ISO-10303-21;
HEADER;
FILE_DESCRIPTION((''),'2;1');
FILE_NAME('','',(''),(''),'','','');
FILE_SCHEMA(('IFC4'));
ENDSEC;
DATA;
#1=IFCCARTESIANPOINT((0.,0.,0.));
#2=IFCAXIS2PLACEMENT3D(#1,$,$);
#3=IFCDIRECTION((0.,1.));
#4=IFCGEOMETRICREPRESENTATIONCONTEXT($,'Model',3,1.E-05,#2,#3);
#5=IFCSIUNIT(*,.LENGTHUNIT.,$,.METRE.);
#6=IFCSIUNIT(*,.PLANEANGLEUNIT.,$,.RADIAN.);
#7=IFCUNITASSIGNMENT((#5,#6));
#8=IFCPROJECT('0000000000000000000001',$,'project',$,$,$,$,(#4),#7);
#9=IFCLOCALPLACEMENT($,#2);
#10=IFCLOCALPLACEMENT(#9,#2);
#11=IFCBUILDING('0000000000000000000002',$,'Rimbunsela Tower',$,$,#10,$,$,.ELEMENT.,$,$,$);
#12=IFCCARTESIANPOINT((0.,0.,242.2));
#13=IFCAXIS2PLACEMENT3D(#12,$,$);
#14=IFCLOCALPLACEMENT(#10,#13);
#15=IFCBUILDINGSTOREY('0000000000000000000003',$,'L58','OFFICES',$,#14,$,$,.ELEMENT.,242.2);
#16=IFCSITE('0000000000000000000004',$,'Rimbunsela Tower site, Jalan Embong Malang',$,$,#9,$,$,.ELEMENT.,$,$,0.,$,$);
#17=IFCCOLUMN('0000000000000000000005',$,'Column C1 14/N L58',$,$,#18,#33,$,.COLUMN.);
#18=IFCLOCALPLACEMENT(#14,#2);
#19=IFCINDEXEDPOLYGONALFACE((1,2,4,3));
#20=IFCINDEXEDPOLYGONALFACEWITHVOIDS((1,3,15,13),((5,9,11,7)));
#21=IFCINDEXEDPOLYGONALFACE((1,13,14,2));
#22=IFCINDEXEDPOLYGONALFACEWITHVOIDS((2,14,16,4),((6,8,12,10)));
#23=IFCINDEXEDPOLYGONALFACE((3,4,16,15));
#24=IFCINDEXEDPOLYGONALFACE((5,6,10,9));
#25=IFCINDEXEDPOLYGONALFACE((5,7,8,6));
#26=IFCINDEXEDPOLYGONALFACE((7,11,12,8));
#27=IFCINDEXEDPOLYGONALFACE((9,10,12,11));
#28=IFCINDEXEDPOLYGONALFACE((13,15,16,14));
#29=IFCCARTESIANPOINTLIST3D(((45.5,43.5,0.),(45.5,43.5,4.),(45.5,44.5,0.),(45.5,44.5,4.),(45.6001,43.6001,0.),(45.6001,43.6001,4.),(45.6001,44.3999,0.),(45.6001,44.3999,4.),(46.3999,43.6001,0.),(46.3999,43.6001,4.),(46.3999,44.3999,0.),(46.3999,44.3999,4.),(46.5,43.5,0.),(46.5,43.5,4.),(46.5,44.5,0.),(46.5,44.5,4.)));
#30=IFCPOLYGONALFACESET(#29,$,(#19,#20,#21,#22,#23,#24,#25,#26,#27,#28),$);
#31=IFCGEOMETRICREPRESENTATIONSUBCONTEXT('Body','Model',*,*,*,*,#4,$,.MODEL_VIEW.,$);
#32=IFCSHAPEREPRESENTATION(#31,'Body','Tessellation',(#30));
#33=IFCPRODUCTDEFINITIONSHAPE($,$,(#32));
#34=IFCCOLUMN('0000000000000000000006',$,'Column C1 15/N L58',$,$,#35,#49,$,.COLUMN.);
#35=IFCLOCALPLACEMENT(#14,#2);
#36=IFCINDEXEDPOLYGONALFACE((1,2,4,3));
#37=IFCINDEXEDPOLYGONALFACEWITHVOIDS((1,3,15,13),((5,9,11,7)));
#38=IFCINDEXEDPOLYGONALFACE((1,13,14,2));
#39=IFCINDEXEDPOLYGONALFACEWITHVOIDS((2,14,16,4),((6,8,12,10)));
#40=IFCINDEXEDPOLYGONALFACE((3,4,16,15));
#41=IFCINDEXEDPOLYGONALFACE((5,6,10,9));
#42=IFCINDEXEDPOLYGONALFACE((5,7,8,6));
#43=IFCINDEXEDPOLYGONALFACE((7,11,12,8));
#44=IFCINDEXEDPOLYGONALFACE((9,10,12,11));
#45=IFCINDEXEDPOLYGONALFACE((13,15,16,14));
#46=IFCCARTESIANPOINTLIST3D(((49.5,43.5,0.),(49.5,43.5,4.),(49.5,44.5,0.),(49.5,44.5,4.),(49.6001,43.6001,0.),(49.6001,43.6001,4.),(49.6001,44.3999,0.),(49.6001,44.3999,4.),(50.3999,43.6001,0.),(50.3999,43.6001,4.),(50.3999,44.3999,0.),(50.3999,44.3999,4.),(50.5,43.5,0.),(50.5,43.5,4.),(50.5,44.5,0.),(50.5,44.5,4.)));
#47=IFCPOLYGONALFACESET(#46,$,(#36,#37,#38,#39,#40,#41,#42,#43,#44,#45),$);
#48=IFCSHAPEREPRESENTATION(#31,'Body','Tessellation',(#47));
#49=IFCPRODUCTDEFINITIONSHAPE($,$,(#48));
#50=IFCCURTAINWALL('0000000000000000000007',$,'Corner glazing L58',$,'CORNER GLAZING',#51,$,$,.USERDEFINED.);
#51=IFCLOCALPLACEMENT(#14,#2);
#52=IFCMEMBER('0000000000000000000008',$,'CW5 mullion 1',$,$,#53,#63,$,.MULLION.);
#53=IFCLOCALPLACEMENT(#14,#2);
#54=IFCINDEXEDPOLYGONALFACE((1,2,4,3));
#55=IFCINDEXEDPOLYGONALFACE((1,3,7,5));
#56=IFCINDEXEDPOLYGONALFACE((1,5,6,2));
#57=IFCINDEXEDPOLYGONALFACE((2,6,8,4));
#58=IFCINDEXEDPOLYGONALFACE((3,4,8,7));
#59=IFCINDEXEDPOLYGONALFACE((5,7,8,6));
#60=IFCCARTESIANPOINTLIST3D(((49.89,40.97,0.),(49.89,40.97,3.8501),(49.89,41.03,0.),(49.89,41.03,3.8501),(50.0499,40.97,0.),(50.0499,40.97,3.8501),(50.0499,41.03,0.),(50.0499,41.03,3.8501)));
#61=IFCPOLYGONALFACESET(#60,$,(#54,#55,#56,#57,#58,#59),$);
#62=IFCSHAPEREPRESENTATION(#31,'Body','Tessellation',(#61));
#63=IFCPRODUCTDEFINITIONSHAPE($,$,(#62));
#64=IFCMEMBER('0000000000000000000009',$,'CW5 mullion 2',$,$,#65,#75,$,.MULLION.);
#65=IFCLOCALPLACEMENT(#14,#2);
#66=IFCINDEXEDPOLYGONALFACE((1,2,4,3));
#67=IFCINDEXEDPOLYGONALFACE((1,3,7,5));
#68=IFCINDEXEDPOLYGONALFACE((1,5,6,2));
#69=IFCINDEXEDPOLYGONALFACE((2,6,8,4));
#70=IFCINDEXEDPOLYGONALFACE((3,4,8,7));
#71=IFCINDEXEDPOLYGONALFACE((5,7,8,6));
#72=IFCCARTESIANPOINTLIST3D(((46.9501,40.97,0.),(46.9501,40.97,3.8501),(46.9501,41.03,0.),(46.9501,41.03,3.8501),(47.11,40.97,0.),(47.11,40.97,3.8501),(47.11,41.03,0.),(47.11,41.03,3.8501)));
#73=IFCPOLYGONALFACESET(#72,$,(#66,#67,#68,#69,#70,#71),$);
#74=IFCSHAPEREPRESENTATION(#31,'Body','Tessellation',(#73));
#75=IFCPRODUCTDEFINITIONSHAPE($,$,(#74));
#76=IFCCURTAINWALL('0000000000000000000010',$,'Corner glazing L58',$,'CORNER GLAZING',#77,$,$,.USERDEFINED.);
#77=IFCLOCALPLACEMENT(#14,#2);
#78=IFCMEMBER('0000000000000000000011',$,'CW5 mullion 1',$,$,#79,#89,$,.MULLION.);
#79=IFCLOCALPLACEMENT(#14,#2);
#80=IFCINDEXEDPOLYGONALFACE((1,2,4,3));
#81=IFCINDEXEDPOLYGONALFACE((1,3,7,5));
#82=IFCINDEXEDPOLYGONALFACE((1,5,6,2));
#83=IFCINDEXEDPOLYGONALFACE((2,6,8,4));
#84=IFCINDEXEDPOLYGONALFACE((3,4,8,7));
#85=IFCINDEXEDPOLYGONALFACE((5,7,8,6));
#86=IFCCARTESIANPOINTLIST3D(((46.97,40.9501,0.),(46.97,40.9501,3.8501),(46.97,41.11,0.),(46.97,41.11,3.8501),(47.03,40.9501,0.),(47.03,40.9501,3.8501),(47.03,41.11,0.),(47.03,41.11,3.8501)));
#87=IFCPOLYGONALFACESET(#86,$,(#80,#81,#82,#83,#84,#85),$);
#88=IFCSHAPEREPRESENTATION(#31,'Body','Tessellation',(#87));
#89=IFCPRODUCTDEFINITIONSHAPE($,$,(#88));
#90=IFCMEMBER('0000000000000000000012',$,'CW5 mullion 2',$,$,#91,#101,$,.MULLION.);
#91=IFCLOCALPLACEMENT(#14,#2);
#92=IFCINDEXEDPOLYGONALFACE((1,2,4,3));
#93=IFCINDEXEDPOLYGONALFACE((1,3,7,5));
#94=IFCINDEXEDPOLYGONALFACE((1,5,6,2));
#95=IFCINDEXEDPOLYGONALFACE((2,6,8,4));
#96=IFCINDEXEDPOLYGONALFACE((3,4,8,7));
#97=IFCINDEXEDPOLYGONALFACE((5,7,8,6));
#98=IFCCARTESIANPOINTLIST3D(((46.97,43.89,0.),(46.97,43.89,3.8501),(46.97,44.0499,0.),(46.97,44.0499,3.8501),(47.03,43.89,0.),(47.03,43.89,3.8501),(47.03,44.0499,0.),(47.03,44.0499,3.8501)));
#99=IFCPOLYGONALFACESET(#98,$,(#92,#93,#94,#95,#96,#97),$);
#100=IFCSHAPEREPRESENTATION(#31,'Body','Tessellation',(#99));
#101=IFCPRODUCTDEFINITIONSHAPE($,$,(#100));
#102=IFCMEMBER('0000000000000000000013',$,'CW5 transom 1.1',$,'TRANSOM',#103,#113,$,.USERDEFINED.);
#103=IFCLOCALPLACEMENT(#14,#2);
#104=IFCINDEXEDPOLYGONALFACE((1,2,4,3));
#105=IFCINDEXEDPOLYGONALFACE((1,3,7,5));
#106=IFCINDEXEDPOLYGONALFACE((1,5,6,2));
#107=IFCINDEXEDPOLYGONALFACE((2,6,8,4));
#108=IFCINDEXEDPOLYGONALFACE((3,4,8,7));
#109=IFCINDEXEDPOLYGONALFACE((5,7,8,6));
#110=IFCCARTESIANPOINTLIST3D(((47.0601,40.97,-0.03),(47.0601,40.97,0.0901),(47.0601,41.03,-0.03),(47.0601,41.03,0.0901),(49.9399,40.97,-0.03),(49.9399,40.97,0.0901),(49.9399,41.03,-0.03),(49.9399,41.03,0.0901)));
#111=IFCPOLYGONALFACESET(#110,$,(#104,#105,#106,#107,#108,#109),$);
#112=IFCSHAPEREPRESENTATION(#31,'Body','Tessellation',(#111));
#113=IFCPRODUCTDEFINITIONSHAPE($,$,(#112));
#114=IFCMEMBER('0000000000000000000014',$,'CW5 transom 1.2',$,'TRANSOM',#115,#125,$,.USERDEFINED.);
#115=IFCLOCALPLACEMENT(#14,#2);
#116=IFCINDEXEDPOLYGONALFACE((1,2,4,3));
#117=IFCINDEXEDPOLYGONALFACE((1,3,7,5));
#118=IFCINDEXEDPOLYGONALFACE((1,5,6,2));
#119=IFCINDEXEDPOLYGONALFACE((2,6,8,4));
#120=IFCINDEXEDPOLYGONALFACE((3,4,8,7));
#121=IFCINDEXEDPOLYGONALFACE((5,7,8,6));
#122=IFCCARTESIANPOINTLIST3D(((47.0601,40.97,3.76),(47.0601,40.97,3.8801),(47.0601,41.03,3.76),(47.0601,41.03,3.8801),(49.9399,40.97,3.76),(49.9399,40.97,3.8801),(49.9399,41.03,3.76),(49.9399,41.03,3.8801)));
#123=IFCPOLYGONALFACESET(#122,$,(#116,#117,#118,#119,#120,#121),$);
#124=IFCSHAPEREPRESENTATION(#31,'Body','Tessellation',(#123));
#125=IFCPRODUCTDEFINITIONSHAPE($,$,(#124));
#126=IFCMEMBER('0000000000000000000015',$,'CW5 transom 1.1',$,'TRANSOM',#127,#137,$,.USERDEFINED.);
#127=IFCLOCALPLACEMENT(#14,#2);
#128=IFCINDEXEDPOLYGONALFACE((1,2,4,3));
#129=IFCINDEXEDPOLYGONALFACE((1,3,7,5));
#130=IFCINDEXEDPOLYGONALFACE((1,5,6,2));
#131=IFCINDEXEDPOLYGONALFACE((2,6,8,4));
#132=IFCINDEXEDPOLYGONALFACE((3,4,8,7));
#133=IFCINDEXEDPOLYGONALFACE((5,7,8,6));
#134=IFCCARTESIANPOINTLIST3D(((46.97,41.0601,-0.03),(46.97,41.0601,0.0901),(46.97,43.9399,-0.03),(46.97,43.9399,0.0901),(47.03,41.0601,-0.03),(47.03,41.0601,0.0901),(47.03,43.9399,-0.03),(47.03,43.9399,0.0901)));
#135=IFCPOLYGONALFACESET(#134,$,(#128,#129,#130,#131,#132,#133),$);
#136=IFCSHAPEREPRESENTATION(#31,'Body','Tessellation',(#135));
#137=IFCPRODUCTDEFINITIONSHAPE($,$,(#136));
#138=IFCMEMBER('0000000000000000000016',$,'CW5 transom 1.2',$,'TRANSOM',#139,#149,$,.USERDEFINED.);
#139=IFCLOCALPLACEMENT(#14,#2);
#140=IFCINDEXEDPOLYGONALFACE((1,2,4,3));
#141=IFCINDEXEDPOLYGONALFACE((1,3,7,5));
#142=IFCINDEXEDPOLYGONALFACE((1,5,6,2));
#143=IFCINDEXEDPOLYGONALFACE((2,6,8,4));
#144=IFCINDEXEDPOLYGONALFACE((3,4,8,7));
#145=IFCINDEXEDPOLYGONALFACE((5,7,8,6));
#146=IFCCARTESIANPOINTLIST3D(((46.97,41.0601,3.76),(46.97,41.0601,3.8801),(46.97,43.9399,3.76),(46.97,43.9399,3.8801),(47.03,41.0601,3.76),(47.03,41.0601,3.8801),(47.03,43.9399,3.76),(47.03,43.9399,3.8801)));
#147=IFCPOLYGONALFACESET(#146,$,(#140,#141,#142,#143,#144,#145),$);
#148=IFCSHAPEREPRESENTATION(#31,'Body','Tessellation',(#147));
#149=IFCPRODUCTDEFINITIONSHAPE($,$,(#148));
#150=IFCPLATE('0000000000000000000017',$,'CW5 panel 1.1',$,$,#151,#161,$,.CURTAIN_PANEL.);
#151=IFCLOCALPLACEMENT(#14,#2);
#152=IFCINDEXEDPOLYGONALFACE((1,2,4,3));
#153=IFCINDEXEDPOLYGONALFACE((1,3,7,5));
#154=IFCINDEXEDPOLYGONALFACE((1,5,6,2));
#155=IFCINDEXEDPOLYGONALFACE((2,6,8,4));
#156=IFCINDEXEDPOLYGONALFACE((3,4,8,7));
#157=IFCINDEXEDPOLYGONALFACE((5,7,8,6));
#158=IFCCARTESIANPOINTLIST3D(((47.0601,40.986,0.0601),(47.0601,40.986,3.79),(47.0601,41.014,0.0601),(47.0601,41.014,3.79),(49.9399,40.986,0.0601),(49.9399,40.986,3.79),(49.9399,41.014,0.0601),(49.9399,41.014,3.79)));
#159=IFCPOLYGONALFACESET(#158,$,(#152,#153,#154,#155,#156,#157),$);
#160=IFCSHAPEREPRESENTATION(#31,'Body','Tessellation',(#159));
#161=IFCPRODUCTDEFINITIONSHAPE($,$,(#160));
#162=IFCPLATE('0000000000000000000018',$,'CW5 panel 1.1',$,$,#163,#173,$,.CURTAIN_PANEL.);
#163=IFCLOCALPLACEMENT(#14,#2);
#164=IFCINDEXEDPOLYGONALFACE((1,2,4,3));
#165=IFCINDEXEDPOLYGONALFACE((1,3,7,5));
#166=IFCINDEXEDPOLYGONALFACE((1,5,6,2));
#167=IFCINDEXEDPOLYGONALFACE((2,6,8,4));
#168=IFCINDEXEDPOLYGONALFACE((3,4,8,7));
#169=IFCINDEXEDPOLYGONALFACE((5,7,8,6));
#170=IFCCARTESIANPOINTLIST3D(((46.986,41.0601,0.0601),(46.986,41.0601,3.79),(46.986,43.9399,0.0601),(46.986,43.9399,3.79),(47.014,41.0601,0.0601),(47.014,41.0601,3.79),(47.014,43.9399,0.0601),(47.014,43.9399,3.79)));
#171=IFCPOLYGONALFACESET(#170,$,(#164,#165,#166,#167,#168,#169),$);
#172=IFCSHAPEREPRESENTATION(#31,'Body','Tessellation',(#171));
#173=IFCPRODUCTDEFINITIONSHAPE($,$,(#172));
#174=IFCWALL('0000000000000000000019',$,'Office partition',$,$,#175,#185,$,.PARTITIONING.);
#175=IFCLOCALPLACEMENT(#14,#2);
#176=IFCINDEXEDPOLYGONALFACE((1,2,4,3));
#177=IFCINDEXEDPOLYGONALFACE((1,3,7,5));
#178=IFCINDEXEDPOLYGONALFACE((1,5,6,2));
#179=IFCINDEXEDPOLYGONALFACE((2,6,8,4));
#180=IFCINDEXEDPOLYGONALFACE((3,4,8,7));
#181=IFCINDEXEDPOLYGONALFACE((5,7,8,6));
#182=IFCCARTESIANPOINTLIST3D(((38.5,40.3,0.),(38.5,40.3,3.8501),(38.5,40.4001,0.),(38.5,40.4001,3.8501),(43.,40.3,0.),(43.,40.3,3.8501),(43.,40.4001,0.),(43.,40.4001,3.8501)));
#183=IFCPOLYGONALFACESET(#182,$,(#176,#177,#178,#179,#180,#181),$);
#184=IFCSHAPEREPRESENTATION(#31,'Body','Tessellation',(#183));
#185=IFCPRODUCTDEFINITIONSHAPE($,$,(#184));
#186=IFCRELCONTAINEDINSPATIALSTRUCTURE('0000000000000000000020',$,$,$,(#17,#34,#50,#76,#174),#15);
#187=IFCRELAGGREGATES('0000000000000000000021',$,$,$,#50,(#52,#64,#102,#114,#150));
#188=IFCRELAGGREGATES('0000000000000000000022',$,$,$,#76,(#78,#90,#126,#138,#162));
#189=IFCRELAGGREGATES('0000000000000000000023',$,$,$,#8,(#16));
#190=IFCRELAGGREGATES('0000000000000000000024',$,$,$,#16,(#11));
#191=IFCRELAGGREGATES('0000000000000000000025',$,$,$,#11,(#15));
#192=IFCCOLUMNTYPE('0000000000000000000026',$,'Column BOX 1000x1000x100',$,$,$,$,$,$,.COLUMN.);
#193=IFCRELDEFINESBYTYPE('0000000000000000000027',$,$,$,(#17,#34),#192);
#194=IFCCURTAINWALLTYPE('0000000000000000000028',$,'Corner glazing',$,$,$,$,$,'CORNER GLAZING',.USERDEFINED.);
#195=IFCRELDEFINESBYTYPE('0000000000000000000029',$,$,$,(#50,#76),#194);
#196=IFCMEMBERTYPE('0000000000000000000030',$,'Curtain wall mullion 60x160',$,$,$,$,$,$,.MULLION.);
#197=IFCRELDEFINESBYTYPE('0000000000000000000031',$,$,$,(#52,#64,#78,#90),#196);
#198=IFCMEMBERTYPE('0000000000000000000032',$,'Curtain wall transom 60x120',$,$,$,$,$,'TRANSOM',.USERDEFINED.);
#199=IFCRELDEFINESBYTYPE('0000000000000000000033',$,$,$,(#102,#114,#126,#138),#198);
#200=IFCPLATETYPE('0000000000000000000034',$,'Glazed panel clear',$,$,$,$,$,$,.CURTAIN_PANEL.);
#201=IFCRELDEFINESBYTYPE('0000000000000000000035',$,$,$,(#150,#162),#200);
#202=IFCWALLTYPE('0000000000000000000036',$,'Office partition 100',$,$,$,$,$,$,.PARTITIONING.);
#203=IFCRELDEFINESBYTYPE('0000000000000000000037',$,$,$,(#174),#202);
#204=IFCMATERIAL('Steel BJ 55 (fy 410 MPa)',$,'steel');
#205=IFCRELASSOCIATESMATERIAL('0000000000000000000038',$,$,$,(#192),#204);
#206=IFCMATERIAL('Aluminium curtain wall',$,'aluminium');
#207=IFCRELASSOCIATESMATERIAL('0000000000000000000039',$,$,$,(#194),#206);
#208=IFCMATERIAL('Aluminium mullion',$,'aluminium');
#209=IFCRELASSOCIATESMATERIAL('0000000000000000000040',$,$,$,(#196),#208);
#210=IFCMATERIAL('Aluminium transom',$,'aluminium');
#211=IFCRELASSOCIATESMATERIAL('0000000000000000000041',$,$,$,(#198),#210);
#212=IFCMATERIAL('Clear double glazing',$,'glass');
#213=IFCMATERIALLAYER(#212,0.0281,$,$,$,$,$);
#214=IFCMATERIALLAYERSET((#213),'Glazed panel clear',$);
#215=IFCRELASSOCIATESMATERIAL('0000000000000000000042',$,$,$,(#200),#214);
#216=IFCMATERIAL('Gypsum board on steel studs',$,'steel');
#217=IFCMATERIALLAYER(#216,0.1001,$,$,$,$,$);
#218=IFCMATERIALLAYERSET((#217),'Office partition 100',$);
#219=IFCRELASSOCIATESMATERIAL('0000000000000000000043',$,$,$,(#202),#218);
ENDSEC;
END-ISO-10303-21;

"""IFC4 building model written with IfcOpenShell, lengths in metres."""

from ifc_helpers import new_model, si_unit, direction, frame, frame_2d, origin, origin_2d, place, context, subcontext, project, spatial, rectangle, hollow_rectangle, extrude, material, layer, layer_set, material_profile, profile_set, type_object, element, aggregate, save


model = new_model("IFC4")

# Units and contexts
model_context = context("Model", 3, precision=1e-05, world=origin(), true_north=direction((0.0, 1.0)))
body_context = subcontext(model_context, "Body", "Model", "MODEL_VIEW")
ifc_project = project(units=[si_unit("LENGTHUNIT", "METRE"), si_unit("PLANEANGLEUNIT", "RADIAN")], contexts=[model_context])

# Site, building, storey
site_placement = place(None, origin())
site = spatial("IfcSite", under=ifc_project, at=site_placement, Name="Rimbunsela Tower site, Jalan Embong Malang", CompositionType="ELEMENT", RefElevation=0.0)
building_placement = place(site_placement, origin())
building = spatial("IfcBuilding", under=site, at=building_placement, Name="Rimbunsela Tower", CompositionType="ELEMENT")
storey_placement = place(building_placement, frame((0.0, 0.0, 242.2)))
storey = spatial("IfcBuildingStorey", under=building, at=storey_placement, Name="L58", Description="OFFICES", CompositionType="ELEMENT", Elevation=242.2)

# Columns
ifc_material_1 = material(Name="Steel BJ 55 (fy 410 MPa)", Category="steel")
ifc_material_profile_1 = material_profile(ifc_material_1, hollow_rectangle(XDim=1.0, YDim=1.0, WallThickness=0.1001, at=origin_2d()), Name="BOX 1000x1000x100")
ifc_profile_set_1 = profile_set([ifc_material_profile_1], Name="Steel BJ 55 (fy 410 MPa)")
column_type = type_object("IfcColumnType", Name="Column BOX 1000x1000x100", PredefinedType="COLUMN", material=ifc_profile_set_1)
for number, where, z_axis, x_axis, name in (
    (1, (46.0, 44.0, 0.0), (0.0, 0.0, 1.0), (1.0, 0.0, 0.0), "Column C1 14/N L58"),
    (2, (50.0, 44.0, 0.0), (0.0, 0.0, 1.0), (1.0, 0.0, 0.0), "Column C1 15/N L58"),
):
    element("IfcColumn", number, at=place(storey_placement, frame(where, z_axis=z_axis, x_axis=x_axis)), inside=storey, type_object=column_type, Name=name, PredefinedType="COLUMN", context=body_context, shape_type="SweptSolid", body=[
        extrude(hollow_rectangle(XDim=1.0, YDim=1.0, WallThickness=0.1001, at=origin_2d()), origin(), (0.0, 0.0, 1.0), 4.0),
    ])

# Curtain walls, members
ifc_material_2 = material(Name="Aluminium curtain wall", Category="aluminium")
curtain_wall_type = type_object("IfcCurtainWallType", Name="Corner glazing", ElementType="CORNER GLAZING", PredefinedType="USERDEFINED", material=ifc_material_2)
curtain_wall_1_placement = place(storey_placement, origin())
curtain_wall_1 = element("IfcCurtainWall", 3, at=curtain_wall_1_placement, inside=storey, type_object=curtain_wall_type, Name="Corner glazing L58", ObjectType="CORNER GLAZING", PredefinedType="USERDEFINED")
ifc_material_3 = material(Name="Aluminium mullion", Category="aluminium")
ifc_material_profile_2 = material_profile(ifc_material_3, rectangle(XDim=0.0601, YDim=0.1599, at=origin_2d()), Name="Mullion 60x160")
ifc_profile_set_2 = profile_set([ifc_material_profile_2], Name="Aluminium mullion")
member_type_1 = type_object("IfcMemberType", Name="Curtain wall mullion 60x160", PredefinedType="MULLION", material=ifc_profile_set_2)
member_1_placement = place(storey_placement, frame((49.97, 41.0, 0.0), z_axis=(0.0, 0.0, 1.0), x_axis=(0.0, -1.0, 0.0)))
member_1 = element("IfcMember", 4, at=member_1_placement, type_object=member_type_1, Name="CW5 mullion 1", PredefinedType="MULLION", context=body_context, shape_type="SweptSolid", body=[
    extrude(rectangle(XDim=0.0601, YDim=0.1599, at=origin_2d()), origin(), (0.0, 0.0, 1.0), 3.8501),
])
member_2_placement = place(storey_placement, frame((47.03, 41.0, 0.0), z_axis=(0.0, 0.0, 1.0), x_axis=(0.0, -1.0, 0.0)))
member_2 = element("IfcMember", 5, at=member_2_placement, type_object=member_type_1, Name="CW5 mullion 2", PredefinedType="MULLION", context=body_context, shape_type="SweptSolid", body=[
    extrude(rectangle(XDim=0.0601, YDim=0.1599, at=origin_2d()), origin(), (0.0, 0.0, 1.0), 3.8501),
])
curtain_wall_2_placement = place(storey_placement, origin())
curtain_wall_2 = element("IfcCurtainWall", 6, at=curtain_wall_2_placement, inside=storey, type_object=curtain_wall_type, Name="Corner glazing L58", ObjectType="CORNER GLAZING", PredefinedType="USERDEFINED")
member_3_placement = place(storey_placement, frame((47.0, 41.03, 0.0), z_axis=(0.0, 0.0, 1.0), x_axis=(-1.0, 0.0, 0.0)))
member_3 = element("IfcMember", 7, at=member_3_placement, type_object=member_type_1, Name="CW5 mullion 1", PredefinedType="MULLION", context=body_context, shape_type="SweptSolid", body=[
    extrude(rectangle(XDim=0.0601, YDim=0.1599, at=origin_2d()), origin(), (0.0, 0.0, 1.0), 3.8501),
])
member_4_placement = place(storey_placement, frame((47.0, 43.97, 0.0), z_axis=(0.0, 0.0, 1.0), x_axis=(-1.0, 0.0, 0.0)))
member_4 = element("IfcMember", 8, at=member_4_placement, type_object=member_type_1, Name="CW5 mullion 2", PredefinedType="MULLION", context=body_context, shape_type="SweptSolid", body=[
    extrude(rectangle(XDim=0.0601, YDim=0.1599, at=origin_2d()), origin(), (0.0, 0.0, 1.0), 3.8501),
])

# Members
ifc_material_4 = material(Name="Aluminium transom", Category="aluminium")
ifc_material_profile_3 = material_profile(ifc_material_4, rectangle(XDim=0.0601, YDim=0.1201, at=origin_2d()), Name="Transom 60x120")
ifc_profile_set_3 = profile_set([ifc_material_profile_3], Name="Aluminium transom")
member_type_2 = type_object("IfcMemberType", Name="Curtain wall transom 60x120", ElementType="TRANSOM", PredefinedType="USERDEFINED", material=ifc_profile_set_3)
member_5_placement = place(storey_placement, frame((49.9399, 41.0, 0.03), z_axis=(-1.0, 0.0, 0.0), x_axis=(0.0, -1.0, 0.0)))
member_5 = element("IfcMember", 9, at=member_5_placement, type_object=member_type_2, Name="CW5 transom 1.1", ObjectType="TRANSOM", PredefinedType="USERDEFINED", context=body_context, shape_type="SweptSolid", body=[
    extrude(rectangle(XDim=0.0601, YDim=0.1201, at=origin_2d()), origin(), (0.0, 0.0, 1.0), 2.8799),
])
member_6_placement = place(storey_placement, frame((49.9399, 41.0, 3.8201), z_axis=(-1.0, 0.0, 0.0), x_axis=(0.0, -1.0, 0.0)))
member_6 = element("IfcMember", 10, at=member_6_placement, type_object=member_type_2, Name="CW5 transom 1.2", ObjectType="TRANSOM", PredefinedType="USERDEFINED", context=body_context, shape_type="SweptSolid", body=[
    extrude(rectangle(XDim=0.0601, YDim=0.1201, at=origin_2d()), origin(), (0.0, 0.0, 1.0), 2.8799),
])
member_7_placement = place(storey_placement, frame((47.0, 41.0601, 0.03), z_axis=(0.0, 1.0, 0.0), x_axis=(-1.0, 0.0, 0.0)))
member_7 = element("IfcMember", 11, at=member_7_placement, type_object=member_type_2, Name="CW5 transom 1.1", ObjectType="TRANSOM", PredefinedType="USERDEFINED", context=body_context, shape_type="SweptSolid", body=[
    extrude(rectangle(XDim=0.0601, YDim=0.1201, at=origin_2d()), origin(), (0.0, 0.0, 1.0), 2.8799),
])
member_8_placement = place(storey_placement, frame((47.0, 41.0601, 3.8201), z_axis=(0.0, 1.0, 0.0), x_axis=(-1.0, 0.0, 0.0)))
member_8 = element("IfcMember", 12, at=member_8_placement, type_object=member_type_2, Name="CW5 transom 1.2", ObjectType="TRANSOM", PredefinedType="USERDEFINED", context=body_context, shape_type="SweptSolid", body=[
    extrude(rectangle(XDim=0.0601, YDim=0.1201, at=origin_2d()), origin(), (0.0, 0.0, 1.0), 2.8799),
])

# Plates
ifc_material_5 = material(Name="Clear double glazing", Category="glass")
ifc_layer_1 = layer(ifc_material_5, 0.0281)
ifc_layer_set_1 = layer_set([ifc_layer_1], Name="Glazed panel clear")
plate_type = type_object("IfcPlateType", Name="Glazed panel clear", PredefinedType="CURTAIN_PANEL", material=ifc_layer_set_1)
plate_1_placement = place(storey_placement, frame((48.5, 41.0, 0.0601), z_axis=(0.0, 0.0, 1.0), x_axis=(-1.0, 0.0, 0.0)))
plate_1 = element("IfcPlate", 13, at=plate_1_placement, type_object=plate_type, Name="CW5 panel 1.1", PredefinedType="CURTAIN_PANEL", context=body_context, shape_type="SweptSolid", body=[
    extrude(rectangle(XDim=2.8799, YDim=0.0281, at=origin_2d()), origin(), (0.0, 0.0, 1.0), 3.73),
])
aggregate(curtain_wall_1, [member_1, member_2, member_5, member_6, plate_1])
plate_2_placement = place(storey_placement, frame((47.0, 42.5, 0.0601), z_axis=(0.0, 0.0, 1.0), x_axis=(0.0, 1.0, 0.0)))
plate_2 = element("IfcPlate", 14, at=plate_2_placement, type_object=plate_type, Name="CW5 panel 1.1", PredefinedType="CURTAIN_PANEL", context=body_context, shape_type="SweptSolid", body=[
    extrude(rectangle(XDim=2.8799, YDim=0.0281, at=origin_2d()), origin(), (0.0, 0.0, 1.0), 3.73),
])
aggregate(curtain_wall_2, [member_3, member_4, member_7, member_8, plate_2])

# Wall
ifc_material_6 = material(Name="Gypsum board on steel studs", Category="steel")
ifc_layer_2 = layer(ifc_material_6, 0.1001)
ifc_layer_set_2 = layer_set([ifc_layer_2], Name="Office partition 100")
wall_type_1 = type_object("IfcWallType", Name="Office partition 100", PredefinedType="PARTITIONING", material=ifc_layer_set_2)
wall_1_placement = place(storey_placement, frame((43.0, 40.3501, 0.0), z_axis=(0.0, 0.0, 1.0), x_axis=(-1.0, 0.0, 0.0)))
element("IfcWall", 15, at=wall_1_placement, inside=storey, type_object=wall_type_1, Name="Office partition", PredefinedType="PARTITIONING", context=body_context, shape_type="SweptSolid", body=[
    extrude(rectangle(XDim=4.5, YDim=0.1001, at=frame_2d((2.25, 0.0))), origin(), (0.0, 0.0, 1.0), 3.8501),
])

save(model, "model.ifc")
